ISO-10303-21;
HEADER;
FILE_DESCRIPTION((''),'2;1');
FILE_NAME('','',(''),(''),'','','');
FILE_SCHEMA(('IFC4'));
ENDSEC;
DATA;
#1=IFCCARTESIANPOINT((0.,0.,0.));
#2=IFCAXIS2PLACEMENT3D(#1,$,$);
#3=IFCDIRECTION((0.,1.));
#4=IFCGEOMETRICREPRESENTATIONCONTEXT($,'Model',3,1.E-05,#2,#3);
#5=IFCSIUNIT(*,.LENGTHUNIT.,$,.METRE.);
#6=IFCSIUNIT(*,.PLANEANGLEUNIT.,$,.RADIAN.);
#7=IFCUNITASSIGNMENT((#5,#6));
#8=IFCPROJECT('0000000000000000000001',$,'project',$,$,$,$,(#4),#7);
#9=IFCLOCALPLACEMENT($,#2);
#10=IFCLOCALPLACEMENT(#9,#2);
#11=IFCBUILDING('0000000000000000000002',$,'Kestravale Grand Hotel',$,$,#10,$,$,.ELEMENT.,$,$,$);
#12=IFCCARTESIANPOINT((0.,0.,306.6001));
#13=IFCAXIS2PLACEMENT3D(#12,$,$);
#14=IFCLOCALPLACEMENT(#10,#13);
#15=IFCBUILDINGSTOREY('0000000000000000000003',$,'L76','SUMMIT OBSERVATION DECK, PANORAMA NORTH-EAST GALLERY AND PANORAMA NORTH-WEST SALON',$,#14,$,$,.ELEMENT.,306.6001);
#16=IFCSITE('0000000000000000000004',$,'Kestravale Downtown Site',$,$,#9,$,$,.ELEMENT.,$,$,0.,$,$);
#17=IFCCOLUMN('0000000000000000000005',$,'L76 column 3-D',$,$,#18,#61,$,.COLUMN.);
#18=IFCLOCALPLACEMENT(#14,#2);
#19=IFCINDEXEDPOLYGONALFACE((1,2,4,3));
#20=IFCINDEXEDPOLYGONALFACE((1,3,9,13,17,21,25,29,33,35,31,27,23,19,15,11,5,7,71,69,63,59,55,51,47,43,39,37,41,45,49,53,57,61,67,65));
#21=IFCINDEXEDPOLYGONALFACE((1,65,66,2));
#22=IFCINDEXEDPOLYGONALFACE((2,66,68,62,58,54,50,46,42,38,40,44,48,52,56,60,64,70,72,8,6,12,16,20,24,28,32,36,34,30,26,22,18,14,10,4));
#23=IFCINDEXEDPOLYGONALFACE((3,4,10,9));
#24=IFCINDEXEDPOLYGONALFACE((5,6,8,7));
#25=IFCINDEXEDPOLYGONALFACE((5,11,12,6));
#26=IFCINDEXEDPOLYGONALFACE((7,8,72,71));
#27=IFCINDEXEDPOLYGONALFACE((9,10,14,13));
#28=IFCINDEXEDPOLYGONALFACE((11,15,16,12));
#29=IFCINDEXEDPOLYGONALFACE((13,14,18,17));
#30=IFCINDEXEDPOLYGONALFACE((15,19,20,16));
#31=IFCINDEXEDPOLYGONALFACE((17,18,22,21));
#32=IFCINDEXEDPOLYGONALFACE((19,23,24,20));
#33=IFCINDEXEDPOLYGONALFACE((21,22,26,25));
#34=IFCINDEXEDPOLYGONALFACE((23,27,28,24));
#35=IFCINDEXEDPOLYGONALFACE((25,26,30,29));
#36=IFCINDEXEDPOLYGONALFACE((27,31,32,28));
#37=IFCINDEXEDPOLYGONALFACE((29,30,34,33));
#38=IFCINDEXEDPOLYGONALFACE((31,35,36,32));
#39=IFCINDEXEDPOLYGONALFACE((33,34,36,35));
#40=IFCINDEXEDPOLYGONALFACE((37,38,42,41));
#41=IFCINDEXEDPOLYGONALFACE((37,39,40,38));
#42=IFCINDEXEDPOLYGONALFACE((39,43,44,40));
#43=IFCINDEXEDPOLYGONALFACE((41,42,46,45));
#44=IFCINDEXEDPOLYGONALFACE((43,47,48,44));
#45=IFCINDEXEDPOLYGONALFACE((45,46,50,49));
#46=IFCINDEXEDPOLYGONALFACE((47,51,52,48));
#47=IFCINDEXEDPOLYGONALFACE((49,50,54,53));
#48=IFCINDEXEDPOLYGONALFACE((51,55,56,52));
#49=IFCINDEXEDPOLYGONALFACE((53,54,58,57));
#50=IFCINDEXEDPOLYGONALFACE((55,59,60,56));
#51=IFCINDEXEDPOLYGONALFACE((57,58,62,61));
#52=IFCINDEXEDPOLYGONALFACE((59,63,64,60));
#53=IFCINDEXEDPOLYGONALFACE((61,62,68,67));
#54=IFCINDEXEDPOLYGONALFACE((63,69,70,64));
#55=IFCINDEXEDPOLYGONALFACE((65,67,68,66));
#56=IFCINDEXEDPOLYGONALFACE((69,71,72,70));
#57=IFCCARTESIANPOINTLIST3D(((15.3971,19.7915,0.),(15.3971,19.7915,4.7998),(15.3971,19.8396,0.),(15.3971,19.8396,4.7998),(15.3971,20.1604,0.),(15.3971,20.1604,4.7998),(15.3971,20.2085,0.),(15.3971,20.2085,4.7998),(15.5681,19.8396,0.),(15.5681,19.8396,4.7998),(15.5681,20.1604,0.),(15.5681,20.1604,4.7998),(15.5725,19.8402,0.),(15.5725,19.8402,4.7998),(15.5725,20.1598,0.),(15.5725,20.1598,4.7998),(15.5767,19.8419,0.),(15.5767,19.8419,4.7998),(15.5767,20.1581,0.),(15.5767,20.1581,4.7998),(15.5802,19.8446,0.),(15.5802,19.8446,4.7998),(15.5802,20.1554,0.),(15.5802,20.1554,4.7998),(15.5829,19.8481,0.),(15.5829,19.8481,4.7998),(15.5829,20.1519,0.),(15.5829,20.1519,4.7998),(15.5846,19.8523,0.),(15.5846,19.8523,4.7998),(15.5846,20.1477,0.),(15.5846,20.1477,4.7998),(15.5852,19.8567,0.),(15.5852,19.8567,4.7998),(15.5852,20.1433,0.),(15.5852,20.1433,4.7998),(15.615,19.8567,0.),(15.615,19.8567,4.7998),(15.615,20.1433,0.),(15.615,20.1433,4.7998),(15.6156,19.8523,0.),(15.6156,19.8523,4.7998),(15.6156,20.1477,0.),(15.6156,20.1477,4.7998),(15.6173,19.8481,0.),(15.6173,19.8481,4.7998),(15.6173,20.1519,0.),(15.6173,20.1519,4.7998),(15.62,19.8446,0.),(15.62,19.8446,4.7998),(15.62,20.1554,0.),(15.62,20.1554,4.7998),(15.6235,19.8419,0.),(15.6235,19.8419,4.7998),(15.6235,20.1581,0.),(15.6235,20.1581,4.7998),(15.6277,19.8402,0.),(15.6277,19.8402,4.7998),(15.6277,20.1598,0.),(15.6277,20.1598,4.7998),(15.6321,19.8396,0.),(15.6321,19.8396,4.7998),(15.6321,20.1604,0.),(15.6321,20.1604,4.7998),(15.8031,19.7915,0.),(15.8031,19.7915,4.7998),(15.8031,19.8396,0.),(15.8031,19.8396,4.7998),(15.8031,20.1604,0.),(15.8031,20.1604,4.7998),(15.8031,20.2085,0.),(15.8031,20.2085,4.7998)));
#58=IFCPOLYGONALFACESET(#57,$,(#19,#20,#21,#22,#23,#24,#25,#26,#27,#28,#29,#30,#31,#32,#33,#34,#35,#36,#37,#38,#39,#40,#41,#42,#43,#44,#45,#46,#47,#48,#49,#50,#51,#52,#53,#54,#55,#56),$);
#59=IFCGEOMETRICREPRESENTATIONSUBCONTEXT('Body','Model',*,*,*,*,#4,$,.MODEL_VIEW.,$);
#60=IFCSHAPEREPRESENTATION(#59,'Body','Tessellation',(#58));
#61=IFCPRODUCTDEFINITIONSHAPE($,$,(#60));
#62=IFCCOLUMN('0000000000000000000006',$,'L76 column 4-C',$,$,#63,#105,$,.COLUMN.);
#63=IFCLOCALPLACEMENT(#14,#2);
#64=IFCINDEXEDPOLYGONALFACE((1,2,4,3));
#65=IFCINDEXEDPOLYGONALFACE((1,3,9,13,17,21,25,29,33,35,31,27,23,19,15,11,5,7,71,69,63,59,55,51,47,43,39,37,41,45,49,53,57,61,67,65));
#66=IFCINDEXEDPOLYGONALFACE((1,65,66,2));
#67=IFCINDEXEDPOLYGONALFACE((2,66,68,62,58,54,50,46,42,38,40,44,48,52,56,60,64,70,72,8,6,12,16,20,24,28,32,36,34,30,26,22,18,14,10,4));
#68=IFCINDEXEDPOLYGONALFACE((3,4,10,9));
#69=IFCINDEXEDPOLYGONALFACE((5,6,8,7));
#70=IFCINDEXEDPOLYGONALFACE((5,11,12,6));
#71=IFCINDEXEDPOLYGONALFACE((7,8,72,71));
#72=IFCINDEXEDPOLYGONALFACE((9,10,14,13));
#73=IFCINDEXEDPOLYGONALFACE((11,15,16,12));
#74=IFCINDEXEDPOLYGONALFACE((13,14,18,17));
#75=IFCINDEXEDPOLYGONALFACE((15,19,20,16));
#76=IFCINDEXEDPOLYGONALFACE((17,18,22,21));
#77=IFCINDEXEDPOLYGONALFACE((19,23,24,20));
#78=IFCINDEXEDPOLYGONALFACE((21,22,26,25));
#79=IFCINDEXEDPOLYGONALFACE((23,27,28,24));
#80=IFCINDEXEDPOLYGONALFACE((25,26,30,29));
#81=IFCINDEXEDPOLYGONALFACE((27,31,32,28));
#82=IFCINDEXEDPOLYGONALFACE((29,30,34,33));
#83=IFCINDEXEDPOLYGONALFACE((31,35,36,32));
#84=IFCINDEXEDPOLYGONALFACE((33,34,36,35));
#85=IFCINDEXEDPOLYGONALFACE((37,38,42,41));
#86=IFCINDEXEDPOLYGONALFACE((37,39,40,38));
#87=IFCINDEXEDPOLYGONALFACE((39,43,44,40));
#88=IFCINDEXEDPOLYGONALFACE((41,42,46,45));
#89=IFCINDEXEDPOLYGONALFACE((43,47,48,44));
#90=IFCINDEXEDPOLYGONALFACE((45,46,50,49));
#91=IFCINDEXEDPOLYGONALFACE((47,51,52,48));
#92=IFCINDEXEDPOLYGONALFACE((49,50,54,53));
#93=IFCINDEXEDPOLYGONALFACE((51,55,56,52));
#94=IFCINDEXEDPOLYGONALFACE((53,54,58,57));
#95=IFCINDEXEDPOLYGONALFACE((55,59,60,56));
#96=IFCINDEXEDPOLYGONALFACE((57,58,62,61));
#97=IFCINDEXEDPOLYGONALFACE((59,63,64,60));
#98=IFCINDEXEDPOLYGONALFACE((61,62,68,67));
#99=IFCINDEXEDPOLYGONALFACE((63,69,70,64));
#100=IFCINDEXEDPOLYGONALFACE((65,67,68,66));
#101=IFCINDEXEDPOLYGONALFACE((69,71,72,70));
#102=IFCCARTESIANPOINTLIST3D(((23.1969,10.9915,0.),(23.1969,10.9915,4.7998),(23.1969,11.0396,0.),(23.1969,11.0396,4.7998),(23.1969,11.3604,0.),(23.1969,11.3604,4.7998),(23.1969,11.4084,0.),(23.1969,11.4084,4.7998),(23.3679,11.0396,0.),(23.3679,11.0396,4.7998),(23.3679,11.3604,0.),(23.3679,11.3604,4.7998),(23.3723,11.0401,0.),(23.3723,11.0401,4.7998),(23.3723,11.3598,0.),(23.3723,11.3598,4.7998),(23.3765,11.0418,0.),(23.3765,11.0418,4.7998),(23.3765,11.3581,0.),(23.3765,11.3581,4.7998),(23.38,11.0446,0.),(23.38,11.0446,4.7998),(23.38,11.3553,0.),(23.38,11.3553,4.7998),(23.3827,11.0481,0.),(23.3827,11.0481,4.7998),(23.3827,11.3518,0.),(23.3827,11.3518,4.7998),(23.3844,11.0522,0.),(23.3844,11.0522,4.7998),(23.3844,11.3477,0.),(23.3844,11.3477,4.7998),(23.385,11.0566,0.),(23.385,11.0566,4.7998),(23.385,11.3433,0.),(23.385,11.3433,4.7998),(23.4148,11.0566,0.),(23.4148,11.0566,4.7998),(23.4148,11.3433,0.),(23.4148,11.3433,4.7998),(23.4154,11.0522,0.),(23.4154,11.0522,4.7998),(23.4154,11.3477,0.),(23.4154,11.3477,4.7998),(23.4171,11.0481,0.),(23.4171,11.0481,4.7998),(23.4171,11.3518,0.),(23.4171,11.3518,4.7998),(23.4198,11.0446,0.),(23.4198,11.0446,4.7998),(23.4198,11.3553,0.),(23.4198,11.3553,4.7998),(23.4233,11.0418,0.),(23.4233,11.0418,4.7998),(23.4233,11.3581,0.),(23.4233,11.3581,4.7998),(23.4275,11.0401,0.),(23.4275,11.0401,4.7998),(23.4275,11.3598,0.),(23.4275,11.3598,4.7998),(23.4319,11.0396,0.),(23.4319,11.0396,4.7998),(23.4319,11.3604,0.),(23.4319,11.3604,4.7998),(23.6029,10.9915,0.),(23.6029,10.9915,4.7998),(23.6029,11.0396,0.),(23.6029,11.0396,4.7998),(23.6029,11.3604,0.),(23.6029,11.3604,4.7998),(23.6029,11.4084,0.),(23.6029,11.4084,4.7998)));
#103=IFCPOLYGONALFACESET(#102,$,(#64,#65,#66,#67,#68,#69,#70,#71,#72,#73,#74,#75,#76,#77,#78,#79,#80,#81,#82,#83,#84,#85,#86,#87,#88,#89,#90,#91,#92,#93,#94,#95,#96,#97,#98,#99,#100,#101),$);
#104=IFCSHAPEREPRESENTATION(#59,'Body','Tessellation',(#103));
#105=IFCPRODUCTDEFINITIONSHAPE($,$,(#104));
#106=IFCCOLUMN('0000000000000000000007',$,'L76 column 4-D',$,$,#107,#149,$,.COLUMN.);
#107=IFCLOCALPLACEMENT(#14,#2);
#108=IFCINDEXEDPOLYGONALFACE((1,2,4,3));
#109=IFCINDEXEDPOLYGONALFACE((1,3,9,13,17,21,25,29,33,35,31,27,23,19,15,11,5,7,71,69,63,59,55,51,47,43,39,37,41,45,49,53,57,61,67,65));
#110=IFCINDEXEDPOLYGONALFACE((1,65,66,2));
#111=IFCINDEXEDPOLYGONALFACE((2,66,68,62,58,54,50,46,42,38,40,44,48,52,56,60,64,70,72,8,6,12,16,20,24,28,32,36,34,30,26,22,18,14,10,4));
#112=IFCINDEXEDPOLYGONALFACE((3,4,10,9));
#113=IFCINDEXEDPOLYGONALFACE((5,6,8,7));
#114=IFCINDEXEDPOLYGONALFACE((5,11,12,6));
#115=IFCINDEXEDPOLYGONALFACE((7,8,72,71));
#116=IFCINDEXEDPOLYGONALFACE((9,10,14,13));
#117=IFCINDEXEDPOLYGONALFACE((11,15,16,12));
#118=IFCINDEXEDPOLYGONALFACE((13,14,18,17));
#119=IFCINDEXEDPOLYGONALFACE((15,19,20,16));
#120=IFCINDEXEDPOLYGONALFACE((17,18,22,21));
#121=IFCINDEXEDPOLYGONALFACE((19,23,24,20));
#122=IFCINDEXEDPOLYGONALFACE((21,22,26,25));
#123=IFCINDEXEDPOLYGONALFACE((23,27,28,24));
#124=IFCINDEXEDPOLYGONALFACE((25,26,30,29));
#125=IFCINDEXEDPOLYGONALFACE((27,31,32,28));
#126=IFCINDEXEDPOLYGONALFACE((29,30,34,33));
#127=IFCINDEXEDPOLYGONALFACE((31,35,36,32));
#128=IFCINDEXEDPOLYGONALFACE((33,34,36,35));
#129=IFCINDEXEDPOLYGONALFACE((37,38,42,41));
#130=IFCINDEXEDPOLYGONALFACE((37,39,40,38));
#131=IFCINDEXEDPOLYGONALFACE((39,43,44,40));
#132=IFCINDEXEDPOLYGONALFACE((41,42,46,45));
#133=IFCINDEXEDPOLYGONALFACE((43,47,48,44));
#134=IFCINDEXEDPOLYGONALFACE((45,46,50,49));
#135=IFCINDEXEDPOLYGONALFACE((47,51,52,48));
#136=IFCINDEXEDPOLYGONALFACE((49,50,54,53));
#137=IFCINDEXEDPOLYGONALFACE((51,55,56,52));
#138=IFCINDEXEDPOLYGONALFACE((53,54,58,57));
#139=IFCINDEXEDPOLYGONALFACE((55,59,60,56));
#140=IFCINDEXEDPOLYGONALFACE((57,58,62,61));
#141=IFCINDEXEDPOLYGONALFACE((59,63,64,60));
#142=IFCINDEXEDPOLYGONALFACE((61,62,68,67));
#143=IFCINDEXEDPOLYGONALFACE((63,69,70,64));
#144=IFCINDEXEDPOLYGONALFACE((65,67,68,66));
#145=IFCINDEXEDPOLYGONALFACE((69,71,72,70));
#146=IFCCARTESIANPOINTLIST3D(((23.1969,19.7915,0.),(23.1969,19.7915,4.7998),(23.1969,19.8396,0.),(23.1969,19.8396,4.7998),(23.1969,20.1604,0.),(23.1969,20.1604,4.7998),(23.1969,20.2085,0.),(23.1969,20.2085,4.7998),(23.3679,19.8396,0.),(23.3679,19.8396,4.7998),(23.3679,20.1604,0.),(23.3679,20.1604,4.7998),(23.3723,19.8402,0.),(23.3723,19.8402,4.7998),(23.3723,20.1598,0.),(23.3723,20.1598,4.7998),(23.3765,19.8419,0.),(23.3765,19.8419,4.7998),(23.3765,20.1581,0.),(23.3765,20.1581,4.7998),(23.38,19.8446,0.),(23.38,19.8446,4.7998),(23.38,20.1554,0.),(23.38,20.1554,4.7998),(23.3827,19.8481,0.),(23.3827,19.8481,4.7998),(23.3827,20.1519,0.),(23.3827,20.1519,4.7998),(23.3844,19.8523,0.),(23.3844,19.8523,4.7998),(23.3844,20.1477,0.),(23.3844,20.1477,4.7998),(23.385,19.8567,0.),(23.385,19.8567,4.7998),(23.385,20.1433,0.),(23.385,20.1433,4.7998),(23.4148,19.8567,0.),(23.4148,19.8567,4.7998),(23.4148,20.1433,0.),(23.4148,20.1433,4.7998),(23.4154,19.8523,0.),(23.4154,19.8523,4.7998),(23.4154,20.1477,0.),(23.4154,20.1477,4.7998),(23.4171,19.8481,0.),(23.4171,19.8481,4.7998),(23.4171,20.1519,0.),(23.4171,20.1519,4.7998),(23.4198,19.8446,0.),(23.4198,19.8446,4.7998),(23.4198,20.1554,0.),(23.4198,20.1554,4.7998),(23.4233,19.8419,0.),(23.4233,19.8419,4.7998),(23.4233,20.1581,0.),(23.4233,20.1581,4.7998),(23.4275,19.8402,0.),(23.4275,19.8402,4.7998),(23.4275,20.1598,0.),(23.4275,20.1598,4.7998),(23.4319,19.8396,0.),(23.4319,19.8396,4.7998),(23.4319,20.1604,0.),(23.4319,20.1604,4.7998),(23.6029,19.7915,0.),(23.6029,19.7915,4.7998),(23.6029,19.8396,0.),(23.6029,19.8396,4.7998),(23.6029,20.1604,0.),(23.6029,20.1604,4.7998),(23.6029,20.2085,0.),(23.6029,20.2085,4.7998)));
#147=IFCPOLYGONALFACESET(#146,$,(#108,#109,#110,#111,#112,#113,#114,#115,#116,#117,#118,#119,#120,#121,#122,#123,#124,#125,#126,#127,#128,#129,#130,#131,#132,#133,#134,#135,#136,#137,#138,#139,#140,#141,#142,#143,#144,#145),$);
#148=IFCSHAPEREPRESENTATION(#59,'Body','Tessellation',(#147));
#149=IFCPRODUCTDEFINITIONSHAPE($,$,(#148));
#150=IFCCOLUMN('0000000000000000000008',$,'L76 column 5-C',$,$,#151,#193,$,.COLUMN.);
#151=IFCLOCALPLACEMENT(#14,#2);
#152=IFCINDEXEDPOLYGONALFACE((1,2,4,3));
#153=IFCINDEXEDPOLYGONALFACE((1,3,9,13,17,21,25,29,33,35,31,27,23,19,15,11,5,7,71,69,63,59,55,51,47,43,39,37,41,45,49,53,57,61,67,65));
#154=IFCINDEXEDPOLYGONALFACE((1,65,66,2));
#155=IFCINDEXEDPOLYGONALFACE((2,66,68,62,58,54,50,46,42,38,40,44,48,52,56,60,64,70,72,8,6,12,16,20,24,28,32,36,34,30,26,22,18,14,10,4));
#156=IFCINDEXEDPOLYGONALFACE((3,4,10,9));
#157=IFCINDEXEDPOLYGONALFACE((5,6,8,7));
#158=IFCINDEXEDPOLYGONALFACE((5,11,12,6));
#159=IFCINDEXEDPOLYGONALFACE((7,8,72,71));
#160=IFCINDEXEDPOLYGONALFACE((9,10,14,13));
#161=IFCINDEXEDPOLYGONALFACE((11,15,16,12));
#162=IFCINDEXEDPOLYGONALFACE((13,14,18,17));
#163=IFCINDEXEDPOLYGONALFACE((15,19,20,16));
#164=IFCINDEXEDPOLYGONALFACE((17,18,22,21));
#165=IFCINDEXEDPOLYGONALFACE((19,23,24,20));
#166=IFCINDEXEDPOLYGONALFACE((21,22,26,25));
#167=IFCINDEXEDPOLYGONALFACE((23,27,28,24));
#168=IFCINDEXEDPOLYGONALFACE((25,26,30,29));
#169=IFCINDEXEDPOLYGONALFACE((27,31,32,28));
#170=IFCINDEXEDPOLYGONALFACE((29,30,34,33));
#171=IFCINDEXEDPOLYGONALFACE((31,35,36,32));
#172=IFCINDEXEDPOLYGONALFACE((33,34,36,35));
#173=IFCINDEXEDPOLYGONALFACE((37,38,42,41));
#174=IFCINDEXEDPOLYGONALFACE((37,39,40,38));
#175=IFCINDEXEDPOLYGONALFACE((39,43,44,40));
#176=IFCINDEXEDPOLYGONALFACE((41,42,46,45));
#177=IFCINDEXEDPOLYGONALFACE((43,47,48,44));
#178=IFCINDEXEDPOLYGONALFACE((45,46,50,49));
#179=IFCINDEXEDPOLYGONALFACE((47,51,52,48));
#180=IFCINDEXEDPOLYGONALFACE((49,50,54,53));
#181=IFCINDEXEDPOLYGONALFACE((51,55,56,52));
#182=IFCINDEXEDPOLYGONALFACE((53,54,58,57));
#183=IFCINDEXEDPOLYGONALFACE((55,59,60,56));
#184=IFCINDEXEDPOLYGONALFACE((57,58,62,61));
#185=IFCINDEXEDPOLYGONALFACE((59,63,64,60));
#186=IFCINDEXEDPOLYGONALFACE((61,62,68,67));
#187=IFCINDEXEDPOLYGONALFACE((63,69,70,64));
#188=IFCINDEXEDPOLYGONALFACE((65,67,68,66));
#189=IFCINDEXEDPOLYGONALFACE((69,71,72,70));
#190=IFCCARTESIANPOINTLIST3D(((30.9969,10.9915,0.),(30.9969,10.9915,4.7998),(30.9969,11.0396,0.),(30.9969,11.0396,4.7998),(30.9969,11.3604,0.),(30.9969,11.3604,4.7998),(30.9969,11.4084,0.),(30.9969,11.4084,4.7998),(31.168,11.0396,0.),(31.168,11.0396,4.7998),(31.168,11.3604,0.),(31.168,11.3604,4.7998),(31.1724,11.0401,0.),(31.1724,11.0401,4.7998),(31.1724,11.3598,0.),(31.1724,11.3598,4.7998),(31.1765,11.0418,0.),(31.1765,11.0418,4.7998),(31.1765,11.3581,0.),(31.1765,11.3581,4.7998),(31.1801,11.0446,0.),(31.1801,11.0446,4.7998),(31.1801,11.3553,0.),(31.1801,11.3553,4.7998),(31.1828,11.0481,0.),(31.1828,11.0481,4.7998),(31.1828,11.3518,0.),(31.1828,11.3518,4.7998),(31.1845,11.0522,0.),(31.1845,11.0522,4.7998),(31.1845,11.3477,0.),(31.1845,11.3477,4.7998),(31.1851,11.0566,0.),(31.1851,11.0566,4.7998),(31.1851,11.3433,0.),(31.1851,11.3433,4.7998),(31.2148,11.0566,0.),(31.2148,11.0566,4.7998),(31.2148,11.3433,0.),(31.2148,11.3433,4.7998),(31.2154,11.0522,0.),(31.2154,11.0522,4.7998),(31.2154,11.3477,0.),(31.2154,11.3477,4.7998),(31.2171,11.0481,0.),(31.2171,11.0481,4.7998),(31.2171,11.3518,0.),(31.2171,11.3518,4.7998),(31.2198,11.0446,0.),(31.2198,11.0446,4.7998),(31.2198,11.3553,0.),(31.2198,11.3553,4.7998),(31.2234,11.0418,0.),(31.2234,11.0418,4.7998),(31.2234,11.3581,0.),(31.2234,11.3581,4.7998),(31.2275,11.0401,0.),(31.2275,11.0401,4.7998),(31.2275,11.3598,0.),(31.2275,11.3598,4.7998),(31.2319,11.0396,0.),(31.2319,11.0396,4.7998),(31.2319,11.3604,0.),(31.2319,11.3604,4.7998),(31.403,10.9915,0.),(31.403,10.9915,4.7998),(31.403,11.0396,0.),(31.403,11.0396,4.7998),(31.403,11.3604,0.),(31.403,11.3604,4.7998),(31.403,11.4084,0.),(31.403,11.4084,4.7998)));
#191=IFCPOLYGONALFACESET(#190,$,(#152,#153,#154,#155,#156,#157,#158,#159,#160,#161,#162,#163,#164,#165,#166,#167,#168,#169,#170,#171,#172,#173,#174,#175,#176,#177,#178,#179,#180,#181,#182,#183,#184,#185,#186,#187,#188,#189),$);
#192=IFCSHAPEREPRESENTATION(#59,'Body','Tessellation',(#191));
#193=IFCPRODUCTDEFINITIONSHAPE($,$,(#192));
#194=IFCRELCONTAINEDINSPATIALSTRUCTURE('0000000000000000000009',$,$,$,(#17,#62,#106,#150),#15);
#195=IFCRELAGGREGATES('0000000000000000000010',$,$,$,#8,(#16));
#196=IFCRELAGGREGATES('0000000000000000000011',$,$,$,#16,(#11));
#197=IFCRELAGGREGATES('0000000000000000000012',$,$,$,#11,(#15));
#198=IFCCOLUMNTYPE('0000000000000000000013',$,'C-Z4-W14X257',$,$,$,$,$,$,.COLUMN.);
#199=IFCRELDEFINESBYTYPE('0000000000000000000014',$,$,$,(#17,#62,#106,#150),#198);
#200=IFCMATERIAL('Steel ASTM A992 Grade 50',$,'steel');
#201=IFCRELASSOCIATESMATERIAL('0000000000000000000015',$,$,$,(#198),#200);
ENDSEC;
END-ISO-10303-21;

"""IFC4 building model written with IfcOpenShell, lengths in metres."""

from ifc_helpers import new_model, si_unit, direction, frame, origin, origin_2d, place, context, subcontext, project, spatial, i_section, extrude, material, material_profile, profile_set, type_object, element, save


model = new_model("IFC4")

# Units and contexts
model_context = context("Model", 3, precision=1e-05, world=origin(), true_north=direction((0.0, 1.0)))
body_context = subcontext(model_context, "Body", "Model", "MODEL_VIEW")
ifc_project = project(units=[si_unit("LENGTHUNIT", "METRE"), si_unit("PLANEANGLEUNIT", "RADIAN")], contexts=[model_context])

# Site, building, storey
site_placement = place(None, origin())
site = spatial("IfcSite", under=ifc_project, at=site_placement, Name="Kestravale Downtown Site", CompositionType="ELEMENT", RefElevation=0.0)
building_placement = place(site_placement, origin())
building = spatial("IfcBuilding", under=site, at=building_placement, Name="Kestravale Grand Hotel", CompositionType="ELEMENT")
storey_placement = place(building_placement, frame((0.0, 0.0, 306.6001)))
storey = spatial("IfcBuildingStorey", under=building, at=storey_placement, Name="L76", Description="SUMMIT OBSERVATION DECK, PANORAMA NORTH-EAST GALLERY AND PANORAMA NORTH-WEST SALON", CompositionType="ELEMENT", Elevation=306.6001)

# Columns
ifc_material_1 = material(Name="Steel ASTM A992 Grade 50", Category="steel")
ifc_material_profile_1 = material_profile(ifc_material_1, i_section(OverallWidth=0.406, OverallDepth=0.417, WebThickness=0.0298, FlangeThickness=0.0481, FilletRadius=0.0171, at=origin_2d()))
ifc_profile_set_1 = profile_set([ifc_material_profile_1], Name="Steel ASTM A992 Grade 50")
column_type = type_object("IfcColumnType", Name="C-Z4-W14X257", PredefinedType="COLUMN", material=ifc_profile_set_1)
for number, where, z_axis, x_axis, name in (
    (1, (15.6001, 20.0, 0.0), (0.0, 0.0, 1.0), (1.0, 0.0, 0.0), "L76 column 3-D"),
    (2, (23.3999, 11.2, 0.0), (0.0, 0.0, 1.0), (1.0, 0.0, 0.0), "L76 column 4-C"),
    (3, (23.3999, 20.0, 0.0), (0.0, 0.0, 1.0), (1.0, 0.0, 0.0), "L76 column 4-D"),
    (4, (31.2, 11.2, 0.0), (0.0, 0.0, 1.0), (1.0, 0.0, 0.0), "L76 column 5-C"),
):
    element("IfcColumn", number, at=place(storey_placement, frame(where, z_axis=z_axis, x_axis=x_axis)), inside=storey, type_object=column_type, Name=name, PredefinedType="COLUMN", context=body_context, shape_type="SweptSolid", body=[
        extrude(i_section(OverallWidth=0.406, OverallDepth=0.417, WebThickness=0.0298, FlangeThickness=0.0481, FilletRadius=0.0171, at=origin_2d()), origin(), (0.0, 0.0, 1.0), 4.7998),
    ])

save(model, "model.ifc")
